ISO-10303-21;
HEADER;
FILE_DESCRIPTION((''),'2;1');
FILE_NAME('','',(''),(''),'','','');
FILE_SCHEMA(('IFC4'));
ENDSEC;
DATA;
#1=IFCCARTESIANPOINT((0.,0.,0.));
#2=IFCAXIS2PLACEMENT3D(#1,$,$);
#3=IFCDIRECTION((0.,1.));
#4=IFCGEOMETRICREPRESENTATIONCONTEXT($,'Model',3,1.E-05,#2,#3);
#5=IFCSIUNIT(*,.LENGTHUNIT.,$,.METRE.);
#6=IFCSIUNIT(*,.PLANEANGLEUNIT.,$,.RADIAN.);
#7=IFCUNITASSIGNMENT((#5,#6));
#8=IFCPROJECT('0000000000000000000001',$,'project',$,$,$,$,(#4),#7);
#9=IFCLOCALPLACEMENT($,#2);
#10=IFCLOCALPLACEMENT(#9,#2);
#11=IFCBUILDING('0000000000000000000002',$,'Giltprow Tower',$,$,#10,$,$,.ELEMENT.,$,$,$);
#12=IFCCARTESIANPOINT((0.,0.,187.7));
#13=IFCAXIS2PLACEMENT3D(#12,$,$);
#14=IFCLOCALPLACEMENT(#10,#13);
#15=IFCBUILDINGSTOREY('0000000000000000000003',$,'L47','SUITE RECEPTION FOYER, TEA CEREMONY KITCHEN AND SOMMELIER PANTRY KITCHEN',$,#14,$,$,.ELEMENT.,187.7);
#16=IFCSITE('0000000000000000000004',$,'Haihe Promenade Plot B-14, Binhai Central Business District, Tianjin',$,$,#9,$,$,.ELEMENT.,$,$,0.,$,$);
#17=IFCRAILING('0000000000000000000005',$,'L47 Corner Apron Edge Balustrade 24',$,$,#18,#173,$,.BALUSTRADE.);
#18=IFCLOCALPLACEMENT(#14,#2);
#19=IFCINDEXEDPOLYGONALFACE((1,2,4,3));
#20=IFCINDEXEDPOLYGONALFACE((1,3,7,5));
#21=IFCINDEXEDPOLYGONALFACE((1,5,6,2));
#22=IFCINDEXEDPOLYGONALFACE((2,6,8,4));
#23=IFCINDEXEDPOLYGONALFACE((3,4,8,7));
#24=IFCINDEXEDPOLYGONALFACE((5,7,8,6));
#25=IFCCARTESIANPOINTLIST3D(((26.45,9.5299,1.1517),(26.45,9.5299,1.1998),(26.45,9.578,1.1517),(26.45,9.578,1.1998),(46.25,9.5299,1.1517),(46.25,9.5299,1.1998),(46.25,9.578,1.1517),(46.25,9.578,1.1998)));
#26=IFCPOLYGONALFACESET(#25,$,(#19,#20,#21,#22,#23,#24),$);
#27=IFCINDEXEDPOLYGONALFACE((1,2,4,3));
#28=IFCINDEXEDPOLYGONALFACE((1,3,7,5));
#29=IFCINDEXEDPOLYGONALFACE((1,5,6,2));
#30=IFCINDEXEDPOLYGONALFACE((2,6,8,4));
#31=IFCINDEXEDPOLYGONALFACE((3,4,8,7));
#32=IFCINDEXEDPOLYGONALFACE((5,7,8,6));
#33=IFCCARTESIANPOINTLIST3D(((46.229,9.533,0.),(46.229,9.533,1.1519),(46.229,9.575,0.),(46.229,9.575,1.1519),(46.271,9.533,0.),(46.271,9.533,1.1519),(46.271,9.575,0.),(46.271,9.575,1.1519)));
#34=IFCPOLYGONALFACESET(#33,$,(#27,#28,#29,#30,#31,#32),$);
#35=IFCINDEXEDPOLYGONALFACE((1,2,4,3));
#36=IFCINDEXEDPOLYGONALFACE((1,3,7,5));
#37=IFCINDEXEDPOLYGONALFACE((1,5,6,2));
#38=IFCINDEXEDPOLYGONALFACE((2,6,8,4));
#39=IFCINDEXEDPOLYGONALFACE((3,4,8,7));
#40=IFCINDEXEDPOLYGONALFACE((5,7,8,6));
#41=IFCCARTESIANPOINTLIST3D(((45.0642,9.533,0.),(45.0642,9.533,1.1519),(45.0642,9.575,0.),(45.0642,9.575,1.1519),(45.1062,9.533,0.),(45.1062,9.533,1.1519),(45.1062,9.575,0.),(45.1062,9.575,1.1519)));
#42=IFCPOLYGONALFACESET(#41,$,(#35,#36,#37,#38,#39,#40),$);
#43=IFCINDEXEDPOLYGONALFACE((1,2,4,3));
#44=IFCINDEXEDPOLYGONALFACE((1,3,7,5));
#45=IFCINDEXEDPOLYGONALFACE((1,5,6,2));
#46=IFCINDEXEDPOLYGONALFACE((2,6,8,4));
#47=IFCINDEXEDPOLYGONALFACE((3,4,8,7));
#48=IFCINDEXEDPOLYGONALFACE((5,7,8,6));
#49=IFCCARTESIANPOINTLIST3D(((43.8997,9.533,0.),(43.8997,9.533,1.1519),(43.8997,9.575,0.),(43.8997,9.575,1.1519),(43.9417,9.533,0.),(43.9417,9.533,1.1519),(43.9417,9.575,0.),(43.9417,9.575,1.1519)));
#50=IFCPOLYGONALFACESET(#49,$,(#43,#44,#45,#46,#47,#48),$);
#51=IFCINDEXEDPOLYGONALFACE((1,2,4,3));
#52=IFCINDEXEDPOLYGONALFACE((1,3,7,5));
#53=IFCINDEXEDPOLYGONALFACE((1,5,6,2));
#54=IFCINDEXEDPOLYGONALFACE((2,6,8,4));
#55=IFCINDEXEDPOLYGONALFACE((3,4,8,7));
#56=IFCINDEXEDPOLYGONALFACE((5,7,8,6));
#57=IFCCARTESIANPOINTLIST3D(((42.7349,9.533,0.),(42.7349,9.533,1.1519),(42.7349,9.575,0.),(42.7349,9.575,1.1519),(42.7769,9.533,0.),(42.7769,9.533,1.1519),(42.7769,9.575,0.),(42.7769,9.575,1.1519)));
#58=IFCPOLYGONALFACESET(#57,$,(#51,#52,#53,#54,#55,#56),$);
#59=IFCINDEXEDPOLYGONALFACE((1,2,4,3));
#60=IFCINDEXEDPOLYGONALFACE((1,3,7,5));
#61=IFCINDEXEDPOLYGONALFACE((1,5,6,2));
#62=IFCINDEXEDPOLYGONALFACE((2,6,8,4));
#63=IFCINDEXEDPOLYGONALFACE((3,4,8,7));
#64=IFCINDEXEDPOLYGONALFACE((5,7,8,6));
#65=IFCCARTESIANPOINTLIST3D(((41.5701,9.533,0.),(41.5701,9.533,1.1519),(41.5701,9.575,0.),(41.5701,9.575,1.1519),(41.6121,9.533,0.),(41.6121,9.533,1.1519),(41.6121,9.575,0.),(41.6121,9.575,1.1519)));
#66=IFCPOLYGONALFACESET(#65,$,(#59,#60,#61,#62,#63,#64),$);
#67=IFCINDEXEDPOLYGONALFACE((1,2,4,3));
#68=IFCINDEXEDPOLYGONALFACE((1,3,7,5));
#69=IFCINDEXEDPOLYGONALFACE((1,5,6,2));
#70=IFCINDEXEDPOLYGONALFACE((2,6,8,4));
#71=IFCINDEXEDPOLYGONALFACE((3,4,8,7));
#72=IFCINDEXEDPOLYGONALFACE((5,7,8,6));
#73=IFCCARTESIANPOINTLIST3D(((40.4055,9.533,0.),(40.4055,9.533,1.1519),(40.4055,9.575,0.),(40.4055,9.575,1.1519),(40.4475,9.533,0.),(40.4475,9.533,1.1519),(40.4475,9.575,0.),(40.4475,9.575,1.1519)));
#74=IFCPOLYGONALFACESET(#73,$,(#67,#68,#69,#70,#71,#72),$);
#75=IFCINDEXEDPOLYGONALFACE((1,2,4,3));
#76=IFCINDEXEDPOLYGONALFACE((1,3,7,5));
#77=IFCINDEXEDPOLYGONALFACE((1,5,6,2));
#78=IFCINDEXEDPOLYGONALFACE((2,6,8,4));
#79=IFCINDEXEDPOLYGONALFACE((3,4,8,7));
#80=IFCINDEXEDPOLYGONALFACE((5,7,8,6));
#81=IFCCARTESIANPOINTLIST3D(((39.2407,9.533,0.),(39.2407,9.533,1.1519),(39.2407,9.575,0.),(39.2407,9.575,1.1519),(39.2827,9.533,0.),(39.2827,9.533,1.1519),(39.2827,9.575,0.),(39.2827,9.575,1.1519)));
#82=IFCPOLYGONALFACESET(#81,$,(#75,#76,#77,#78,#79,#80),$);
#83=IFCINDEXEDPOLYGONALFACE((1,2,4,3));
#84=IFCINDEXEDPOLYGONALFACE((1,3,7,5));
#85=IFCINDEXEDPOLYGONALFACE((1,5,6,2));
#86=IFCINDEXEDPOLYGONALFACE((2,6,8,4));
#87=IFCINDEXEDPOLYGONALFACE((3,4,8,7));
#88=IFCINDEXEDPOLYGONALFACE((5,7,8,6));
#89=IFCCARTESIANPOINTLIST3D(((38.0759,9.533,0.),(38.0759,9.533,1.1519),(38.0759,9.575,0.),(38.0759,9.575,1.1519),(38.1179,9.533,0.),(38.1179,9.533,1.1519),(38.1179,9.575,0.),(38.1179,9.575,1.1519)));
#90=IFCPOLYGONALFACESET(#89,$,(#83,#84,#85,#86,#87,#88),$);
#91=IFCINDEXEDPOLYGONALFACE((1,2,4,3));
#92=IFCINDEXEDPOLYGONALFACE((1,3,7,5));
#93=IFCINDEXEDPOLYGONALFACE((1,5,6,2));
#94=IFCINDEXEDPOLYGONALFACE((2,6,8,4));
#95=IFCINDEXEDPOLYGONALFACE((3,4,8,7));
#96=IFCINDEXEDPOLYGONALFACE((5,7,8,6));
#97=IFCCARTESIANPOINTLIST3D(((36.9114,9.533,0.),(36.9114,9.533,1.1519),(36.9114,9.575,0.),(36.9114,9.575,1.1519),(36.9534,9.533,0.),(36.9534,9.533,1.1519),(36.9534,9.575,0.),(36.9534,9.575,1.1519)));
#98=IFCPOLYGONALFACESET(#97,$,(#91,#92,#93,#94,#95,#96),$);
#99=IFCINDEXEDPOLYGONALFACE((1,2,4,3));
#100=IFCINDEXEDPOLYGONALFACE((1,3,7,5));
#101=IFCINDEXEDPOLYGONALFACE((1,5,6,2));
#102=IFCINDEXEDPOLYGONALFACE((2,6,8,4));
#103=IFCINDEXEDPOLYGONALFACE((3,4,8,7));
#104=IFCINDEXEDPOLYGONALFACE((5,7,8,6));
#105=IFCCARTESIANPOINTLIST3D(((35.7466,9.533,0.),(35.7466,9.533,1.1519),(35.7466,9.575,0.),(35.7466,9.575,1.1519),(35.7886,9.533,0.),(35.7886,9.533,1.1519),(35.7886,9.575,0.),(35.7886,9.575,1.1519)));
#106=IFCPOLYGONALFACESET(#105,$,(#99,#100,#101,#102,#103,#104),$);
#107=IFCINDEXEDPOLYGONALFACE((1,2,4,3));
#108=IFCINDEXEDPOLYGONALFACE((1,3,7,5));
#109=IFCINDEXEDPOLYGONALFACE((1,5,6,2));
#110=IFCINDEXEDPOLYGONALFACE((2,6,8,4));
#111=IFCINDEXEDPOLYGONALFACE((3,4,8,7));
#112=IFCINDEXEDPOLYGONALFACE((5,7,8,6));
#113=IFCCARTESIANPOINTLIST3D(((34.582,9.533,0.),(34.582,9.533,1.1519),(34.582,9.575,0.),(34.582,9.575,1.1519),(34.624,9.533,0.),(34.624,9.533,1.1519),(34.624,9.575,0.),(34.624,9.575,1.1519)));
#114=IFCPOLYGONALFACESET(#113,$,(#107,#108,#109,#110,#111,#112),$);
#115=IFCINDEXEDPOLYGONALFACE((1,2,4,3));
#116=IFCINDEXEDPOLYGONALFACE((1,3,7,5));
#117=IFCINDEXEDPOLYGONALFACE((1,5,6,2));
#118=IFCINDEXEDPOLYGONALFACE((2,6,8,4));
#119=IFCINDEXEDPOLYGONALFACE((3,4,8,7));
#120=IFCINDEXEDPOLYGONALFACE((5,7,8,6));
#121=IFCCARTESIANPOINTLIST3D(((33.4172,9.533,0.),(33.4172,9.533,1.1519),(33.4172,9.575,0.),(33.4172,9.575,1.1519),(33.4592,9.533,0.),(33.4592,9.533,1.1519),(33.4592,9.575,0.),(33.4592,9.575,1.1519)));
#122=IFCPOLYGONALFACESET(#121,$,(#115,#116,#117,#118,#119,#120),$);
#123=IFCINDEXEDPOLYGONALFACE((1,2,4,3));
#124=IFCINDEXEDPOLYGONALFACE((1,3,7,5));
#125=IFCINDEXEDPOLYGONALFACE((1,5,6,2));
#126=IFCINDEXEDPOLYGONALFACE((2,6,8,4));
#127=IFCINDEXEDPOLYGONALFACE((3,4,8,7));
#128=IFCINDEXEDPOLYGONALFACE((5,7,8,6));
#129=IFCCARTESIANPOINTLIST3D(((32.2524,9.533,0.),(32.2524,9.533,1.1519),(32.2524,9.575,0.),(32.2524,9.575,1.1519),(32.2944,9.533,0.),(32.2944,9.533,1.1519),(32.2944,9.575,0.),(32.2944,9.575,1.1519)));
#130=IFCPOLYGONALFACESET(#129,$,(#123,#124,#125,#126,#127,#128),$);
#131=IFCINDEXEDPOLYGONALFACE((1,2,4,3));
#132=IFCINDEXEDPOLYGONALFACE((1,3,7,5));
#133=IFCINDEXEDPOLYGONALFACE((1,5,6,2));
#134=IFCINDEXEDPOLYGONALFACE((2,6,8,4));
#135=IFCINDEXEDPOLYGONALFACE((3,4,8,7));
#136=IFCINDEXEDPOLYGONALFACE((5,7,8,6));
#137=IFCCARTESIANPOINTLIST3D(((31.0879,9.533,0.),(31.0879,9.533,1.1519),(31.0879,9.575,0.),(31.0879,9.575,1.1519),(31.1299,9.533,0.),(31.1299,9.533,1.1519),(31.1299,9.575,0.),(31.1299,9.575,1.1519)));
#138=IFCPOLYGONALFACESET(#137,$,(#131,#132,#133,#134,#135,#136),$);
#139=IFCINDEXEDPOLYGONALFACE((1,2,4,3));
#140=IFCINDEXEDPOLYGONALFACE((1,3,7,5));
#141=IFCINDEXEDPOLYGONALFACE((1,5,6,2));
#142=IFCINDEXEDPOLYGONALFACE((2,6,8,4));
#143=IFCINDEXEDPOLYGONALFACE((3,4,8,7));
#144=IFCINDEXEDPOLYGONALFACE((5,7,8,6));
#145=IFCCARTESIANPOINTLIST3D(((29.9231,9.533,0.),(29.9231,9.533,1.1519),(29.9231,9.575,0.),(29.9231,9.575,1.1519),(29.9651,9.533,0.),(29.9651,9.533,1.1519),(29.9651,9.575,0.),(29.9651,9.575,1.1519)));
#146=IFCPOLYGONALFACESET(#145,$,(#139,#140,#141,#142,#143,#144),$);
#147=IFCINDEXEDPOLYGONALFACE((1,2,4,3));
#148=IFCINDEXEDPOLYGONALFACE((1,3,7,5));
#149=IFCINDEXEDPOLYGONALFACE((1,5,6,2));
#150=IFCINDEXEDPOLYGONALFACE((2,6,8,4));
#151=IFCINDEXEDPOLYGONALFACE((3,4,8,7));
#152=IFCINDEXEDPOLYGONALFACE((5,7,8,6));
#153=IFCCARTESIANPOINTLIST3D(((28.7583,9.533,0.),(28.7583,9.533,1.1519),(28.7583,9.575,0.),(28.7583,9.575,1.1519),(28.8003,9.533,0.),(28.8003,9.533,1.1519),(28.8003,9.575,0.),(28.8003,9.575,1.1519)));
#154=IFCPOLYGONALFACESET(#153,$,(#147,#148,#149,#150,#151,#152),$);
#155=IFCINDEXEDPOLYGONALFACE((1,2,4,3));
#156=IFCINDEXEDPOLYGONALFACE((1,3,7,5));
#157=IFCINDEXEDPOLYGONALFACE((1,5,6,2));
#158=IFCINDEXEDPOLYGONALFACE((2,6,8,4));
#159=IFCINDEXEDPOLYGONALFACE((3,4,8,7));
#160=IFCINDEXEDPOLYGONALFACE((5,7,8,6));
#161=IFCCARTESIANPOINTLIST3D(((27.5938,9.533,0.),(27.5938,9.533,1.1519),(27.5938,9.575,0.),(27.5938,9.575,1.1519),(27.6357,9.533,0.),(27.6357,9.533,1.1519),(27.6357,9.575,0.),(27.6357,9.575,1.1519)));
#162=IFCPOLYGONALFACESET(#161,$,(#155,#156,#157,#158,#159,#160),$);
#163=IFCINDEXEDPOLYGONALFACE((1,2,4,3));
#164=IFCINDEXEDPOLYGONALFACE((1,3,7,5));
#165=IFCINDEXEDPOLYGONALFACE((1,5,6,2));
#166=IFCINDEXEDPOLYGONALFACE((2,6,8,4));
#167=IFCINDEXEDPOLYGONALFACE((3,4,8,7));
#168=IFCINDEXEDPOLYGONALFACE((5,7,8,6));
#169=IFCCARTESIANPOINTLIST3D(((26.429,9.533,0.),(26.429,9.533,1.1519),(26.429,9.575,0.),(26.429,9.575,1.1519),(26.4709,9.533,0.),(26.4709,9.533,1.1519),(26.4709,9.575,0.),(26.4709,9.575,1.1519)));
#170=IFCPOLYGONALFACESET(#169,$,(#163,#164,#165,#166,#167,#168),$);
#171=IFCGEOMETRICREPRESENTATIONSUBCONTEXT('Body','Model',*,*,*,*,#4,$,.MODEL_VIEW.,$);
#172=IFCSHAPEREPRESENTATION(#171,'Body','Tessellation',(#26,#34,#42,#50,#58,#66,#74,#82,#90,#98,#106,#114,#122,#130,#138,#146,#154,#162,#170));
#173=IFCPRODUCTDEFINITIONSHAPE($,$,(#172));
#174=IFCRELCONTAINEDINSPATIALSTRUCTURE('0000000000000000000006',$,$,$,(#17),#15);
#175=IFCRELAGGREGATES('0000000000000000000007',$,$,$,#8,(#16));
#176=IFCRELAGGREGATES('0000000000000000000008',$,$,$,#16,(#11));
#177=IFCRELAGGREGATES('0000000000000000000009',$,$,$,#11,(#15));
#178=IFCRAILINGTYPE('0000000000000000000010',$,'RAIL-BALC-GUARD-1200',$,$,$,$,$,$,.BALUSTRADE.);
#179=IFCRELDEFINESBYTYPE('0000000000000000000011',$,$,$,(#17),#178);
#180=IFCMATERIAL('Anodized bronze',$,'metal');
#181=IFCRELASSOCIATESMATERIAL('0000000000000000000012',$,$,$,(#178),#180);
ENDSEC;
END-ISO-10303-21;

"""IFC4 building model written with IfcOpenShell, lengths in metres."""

from ifc_helpers import new_model, si_unit, direction, frame, origin, origin_2d, place, context, subcontext, project, spatial, rectangle, extrude, material, type_object, element, save


model = new_model("IFC4")

# Units and contexts
model_context = context("Model", 3, precision=1e-05, world=origin(), true_north=direction((0.0, 1.0)))
body_context = subcontext(model_context, "Body", "Model", "MODEL_VIEW")
ifc_project = project(units=[si_unit("LENGTHUNIT", "METRE"), si_unit("PLANEANGLEUNIT", "RADIAN")], contexts=[model_context])

# Site, building, storey
site_placement = place(None, origin())
site = spatial("IfcSite", under=ifc_project, at=site_placement, Name="Haihe Promenade Plot B-14, Binhai Central Business District, Tianjin", CompositionType="ELEMENT", RefElevation=0.0)
building_placement = place(site_placement, origin())
building = spatial("IfcBuilding", under=site, at=building_placement, Name="Giltprow Tower", CompositionType="ELEMENT")
storey_placement = place(building_placement, frame((0.0, 0.0, 187.7)))
storey = spatial("IfcBuildingStorey", under=building, at=storey_placement, Name="L47", Description="SUITE RECEPTION FOYER, TEA CEREMONY KITCHEN AND SOMMELIER PANTRY KITCHEN", CompositionType="ELEMENT", Elevation=187.7)

# Shared definitions
ifc_material_1 = material(Name="Anodized bronze", Category="metal")

# Railing
railing_type = type_object("IfcRailingType", Name="RAIL-BALC-GUARD-1200", PredefinedType="BALUSTRADE", material=ifc_material_1)
railing_1_placement = place(storey_placement, frame((46.25, 9.554, 0.0)))
element("IfcRailing", 1, at=railing_1_placement, inside=storey, type_object=railing_type, Name="L47 Corner Apron Edge Balustrade 24", PredefinedType="BALUSTRADE", context=body_context, shape_type="SweptSolid", body=[
    extrude(rectangle(XDim=0.0481, YDim=0.0481, at=origin_2d()), frame((0.0, 0.0, 1.1758), z_axis=(-1.0, 0.0, 0.0), x_axis=(0.0, -1.0, 0.0)), (0.0, 0.0, 1.0), 19.8),
    extrude(rectangle(XDim=0.042, YDim=0.042, at=origin_2d()), origin(), (0.0, 0.0, 1.0), 1.1519),
    extrude(rectangle(XDim=0.042, YDim=0.042, at=origin_2d()), frame((-1.1648, 0.0, 0.0)), (0.0, 0.0, 1.0), 1.1519),
    extrude(rectangle(XDim=0.042, YDim=0.042, at=origin_2d()), frame((-2.3293, 0.0, 0.0)), (0.0, 0.0, 1.0), 1.1519),
    extrude(rectangle(XDim=0.042, YDim=0.042, at=origin_2d()), frame((-3.4941, 0.0, 0.0)), (0.0, 0.0, 1.0), 1.1519),
    extrude(rectangle(XDim=0.042, YDim=0.042, at=origin_2d()), frame((-4.6589, 0.0, 0.0)), (0.0, 0.0, 1.0), 1.1519),
    extrude(rectangle(XDim=0.042, YDim=0.042, at=origin_2d()), frame((-5.8235, 0.0, 0.0)), (0.0, 0.0, 1.0), 1.1519),
    extrude(rectangle(XDim=0.042, YDim=0.042, at=origin_2d()), frame((-6.9883, 0.0, 0.0)), (0.0, 0.0, 1.0), 1.1519),
    extrude(rectangle(XDim=0.042, YDim=0.042, at=origin_2d()), frame((-8.1531, 0.0, 0.0)), (0.0, 0.0, 1.0), 1.1519),
    extrude(rectangle(XDim=0.042, YDim=0.042, at=origin_2d()), frame((-9.3176, 0.0, 0.0)), (0.0, 0.0, 1.0), 1.1519),
    extrude(rectangle(XDim=0.042, YDim=0.042, at=origin_2d()), frame((-10.4824, 0.0, 0.0)), (0.0, 0.0, 1.0), 1.1519),
    extrude(rectangle(XDim=0.042, YDim=0.042, at=origin_2d()), frame((-11.647, 0.0, 0.0)), (0.0, 0.0, 1.0), 1.1519),
    extrude(rectangle(XDim=0.042, YDim=0.042, at=origin_2d()), frame((-12.8118, 0.0, 0.0)), (0.0, 0.0, 1.0), 1.1519),
    extrude(rectangle(XDim=0.042, YDim=0.042, at=origin_2d()), frame((-13.9766, 0.0, 0.0)), (0.0, 0.0, 1.0), 1.1519),
    extrude(rectangle(XDim=0.042, YDim=0.042, at=origin_2d()), frame((-15.1411, 0.0, 0.0)), (0.0, 0.0, 1.0), 1.1519),
    extrude(rectangle(XDim=0.042, YDim=0.042, at=origin_2d()), frame((-16.3059, 0.0, 0.0)), (0.0, 0.0, 1.0), 1.1519),
    extrude(rectangle(XDim=0.042, YDim=0.042, at=origin_2d()), frame((-17.4707, 0.0, 0.0)), (0.0, 0.0, 1.0), 1.1519),
    extrude(rectangle(XDim=0.042, YDim=0.042, at=origin_2d()), frame((-18.6353, 0.0, 0.0)), (0.0, 0.0, 1.0), 1.1519),
    extrude(rectangle(XDim=0.042, YDim=0.042, at=origin_2d()), frame((-19.8, 0.0, 0.0)), (0.0, 0.0, 1.0), 1.1519),
])

save(model, "model.ifc")
